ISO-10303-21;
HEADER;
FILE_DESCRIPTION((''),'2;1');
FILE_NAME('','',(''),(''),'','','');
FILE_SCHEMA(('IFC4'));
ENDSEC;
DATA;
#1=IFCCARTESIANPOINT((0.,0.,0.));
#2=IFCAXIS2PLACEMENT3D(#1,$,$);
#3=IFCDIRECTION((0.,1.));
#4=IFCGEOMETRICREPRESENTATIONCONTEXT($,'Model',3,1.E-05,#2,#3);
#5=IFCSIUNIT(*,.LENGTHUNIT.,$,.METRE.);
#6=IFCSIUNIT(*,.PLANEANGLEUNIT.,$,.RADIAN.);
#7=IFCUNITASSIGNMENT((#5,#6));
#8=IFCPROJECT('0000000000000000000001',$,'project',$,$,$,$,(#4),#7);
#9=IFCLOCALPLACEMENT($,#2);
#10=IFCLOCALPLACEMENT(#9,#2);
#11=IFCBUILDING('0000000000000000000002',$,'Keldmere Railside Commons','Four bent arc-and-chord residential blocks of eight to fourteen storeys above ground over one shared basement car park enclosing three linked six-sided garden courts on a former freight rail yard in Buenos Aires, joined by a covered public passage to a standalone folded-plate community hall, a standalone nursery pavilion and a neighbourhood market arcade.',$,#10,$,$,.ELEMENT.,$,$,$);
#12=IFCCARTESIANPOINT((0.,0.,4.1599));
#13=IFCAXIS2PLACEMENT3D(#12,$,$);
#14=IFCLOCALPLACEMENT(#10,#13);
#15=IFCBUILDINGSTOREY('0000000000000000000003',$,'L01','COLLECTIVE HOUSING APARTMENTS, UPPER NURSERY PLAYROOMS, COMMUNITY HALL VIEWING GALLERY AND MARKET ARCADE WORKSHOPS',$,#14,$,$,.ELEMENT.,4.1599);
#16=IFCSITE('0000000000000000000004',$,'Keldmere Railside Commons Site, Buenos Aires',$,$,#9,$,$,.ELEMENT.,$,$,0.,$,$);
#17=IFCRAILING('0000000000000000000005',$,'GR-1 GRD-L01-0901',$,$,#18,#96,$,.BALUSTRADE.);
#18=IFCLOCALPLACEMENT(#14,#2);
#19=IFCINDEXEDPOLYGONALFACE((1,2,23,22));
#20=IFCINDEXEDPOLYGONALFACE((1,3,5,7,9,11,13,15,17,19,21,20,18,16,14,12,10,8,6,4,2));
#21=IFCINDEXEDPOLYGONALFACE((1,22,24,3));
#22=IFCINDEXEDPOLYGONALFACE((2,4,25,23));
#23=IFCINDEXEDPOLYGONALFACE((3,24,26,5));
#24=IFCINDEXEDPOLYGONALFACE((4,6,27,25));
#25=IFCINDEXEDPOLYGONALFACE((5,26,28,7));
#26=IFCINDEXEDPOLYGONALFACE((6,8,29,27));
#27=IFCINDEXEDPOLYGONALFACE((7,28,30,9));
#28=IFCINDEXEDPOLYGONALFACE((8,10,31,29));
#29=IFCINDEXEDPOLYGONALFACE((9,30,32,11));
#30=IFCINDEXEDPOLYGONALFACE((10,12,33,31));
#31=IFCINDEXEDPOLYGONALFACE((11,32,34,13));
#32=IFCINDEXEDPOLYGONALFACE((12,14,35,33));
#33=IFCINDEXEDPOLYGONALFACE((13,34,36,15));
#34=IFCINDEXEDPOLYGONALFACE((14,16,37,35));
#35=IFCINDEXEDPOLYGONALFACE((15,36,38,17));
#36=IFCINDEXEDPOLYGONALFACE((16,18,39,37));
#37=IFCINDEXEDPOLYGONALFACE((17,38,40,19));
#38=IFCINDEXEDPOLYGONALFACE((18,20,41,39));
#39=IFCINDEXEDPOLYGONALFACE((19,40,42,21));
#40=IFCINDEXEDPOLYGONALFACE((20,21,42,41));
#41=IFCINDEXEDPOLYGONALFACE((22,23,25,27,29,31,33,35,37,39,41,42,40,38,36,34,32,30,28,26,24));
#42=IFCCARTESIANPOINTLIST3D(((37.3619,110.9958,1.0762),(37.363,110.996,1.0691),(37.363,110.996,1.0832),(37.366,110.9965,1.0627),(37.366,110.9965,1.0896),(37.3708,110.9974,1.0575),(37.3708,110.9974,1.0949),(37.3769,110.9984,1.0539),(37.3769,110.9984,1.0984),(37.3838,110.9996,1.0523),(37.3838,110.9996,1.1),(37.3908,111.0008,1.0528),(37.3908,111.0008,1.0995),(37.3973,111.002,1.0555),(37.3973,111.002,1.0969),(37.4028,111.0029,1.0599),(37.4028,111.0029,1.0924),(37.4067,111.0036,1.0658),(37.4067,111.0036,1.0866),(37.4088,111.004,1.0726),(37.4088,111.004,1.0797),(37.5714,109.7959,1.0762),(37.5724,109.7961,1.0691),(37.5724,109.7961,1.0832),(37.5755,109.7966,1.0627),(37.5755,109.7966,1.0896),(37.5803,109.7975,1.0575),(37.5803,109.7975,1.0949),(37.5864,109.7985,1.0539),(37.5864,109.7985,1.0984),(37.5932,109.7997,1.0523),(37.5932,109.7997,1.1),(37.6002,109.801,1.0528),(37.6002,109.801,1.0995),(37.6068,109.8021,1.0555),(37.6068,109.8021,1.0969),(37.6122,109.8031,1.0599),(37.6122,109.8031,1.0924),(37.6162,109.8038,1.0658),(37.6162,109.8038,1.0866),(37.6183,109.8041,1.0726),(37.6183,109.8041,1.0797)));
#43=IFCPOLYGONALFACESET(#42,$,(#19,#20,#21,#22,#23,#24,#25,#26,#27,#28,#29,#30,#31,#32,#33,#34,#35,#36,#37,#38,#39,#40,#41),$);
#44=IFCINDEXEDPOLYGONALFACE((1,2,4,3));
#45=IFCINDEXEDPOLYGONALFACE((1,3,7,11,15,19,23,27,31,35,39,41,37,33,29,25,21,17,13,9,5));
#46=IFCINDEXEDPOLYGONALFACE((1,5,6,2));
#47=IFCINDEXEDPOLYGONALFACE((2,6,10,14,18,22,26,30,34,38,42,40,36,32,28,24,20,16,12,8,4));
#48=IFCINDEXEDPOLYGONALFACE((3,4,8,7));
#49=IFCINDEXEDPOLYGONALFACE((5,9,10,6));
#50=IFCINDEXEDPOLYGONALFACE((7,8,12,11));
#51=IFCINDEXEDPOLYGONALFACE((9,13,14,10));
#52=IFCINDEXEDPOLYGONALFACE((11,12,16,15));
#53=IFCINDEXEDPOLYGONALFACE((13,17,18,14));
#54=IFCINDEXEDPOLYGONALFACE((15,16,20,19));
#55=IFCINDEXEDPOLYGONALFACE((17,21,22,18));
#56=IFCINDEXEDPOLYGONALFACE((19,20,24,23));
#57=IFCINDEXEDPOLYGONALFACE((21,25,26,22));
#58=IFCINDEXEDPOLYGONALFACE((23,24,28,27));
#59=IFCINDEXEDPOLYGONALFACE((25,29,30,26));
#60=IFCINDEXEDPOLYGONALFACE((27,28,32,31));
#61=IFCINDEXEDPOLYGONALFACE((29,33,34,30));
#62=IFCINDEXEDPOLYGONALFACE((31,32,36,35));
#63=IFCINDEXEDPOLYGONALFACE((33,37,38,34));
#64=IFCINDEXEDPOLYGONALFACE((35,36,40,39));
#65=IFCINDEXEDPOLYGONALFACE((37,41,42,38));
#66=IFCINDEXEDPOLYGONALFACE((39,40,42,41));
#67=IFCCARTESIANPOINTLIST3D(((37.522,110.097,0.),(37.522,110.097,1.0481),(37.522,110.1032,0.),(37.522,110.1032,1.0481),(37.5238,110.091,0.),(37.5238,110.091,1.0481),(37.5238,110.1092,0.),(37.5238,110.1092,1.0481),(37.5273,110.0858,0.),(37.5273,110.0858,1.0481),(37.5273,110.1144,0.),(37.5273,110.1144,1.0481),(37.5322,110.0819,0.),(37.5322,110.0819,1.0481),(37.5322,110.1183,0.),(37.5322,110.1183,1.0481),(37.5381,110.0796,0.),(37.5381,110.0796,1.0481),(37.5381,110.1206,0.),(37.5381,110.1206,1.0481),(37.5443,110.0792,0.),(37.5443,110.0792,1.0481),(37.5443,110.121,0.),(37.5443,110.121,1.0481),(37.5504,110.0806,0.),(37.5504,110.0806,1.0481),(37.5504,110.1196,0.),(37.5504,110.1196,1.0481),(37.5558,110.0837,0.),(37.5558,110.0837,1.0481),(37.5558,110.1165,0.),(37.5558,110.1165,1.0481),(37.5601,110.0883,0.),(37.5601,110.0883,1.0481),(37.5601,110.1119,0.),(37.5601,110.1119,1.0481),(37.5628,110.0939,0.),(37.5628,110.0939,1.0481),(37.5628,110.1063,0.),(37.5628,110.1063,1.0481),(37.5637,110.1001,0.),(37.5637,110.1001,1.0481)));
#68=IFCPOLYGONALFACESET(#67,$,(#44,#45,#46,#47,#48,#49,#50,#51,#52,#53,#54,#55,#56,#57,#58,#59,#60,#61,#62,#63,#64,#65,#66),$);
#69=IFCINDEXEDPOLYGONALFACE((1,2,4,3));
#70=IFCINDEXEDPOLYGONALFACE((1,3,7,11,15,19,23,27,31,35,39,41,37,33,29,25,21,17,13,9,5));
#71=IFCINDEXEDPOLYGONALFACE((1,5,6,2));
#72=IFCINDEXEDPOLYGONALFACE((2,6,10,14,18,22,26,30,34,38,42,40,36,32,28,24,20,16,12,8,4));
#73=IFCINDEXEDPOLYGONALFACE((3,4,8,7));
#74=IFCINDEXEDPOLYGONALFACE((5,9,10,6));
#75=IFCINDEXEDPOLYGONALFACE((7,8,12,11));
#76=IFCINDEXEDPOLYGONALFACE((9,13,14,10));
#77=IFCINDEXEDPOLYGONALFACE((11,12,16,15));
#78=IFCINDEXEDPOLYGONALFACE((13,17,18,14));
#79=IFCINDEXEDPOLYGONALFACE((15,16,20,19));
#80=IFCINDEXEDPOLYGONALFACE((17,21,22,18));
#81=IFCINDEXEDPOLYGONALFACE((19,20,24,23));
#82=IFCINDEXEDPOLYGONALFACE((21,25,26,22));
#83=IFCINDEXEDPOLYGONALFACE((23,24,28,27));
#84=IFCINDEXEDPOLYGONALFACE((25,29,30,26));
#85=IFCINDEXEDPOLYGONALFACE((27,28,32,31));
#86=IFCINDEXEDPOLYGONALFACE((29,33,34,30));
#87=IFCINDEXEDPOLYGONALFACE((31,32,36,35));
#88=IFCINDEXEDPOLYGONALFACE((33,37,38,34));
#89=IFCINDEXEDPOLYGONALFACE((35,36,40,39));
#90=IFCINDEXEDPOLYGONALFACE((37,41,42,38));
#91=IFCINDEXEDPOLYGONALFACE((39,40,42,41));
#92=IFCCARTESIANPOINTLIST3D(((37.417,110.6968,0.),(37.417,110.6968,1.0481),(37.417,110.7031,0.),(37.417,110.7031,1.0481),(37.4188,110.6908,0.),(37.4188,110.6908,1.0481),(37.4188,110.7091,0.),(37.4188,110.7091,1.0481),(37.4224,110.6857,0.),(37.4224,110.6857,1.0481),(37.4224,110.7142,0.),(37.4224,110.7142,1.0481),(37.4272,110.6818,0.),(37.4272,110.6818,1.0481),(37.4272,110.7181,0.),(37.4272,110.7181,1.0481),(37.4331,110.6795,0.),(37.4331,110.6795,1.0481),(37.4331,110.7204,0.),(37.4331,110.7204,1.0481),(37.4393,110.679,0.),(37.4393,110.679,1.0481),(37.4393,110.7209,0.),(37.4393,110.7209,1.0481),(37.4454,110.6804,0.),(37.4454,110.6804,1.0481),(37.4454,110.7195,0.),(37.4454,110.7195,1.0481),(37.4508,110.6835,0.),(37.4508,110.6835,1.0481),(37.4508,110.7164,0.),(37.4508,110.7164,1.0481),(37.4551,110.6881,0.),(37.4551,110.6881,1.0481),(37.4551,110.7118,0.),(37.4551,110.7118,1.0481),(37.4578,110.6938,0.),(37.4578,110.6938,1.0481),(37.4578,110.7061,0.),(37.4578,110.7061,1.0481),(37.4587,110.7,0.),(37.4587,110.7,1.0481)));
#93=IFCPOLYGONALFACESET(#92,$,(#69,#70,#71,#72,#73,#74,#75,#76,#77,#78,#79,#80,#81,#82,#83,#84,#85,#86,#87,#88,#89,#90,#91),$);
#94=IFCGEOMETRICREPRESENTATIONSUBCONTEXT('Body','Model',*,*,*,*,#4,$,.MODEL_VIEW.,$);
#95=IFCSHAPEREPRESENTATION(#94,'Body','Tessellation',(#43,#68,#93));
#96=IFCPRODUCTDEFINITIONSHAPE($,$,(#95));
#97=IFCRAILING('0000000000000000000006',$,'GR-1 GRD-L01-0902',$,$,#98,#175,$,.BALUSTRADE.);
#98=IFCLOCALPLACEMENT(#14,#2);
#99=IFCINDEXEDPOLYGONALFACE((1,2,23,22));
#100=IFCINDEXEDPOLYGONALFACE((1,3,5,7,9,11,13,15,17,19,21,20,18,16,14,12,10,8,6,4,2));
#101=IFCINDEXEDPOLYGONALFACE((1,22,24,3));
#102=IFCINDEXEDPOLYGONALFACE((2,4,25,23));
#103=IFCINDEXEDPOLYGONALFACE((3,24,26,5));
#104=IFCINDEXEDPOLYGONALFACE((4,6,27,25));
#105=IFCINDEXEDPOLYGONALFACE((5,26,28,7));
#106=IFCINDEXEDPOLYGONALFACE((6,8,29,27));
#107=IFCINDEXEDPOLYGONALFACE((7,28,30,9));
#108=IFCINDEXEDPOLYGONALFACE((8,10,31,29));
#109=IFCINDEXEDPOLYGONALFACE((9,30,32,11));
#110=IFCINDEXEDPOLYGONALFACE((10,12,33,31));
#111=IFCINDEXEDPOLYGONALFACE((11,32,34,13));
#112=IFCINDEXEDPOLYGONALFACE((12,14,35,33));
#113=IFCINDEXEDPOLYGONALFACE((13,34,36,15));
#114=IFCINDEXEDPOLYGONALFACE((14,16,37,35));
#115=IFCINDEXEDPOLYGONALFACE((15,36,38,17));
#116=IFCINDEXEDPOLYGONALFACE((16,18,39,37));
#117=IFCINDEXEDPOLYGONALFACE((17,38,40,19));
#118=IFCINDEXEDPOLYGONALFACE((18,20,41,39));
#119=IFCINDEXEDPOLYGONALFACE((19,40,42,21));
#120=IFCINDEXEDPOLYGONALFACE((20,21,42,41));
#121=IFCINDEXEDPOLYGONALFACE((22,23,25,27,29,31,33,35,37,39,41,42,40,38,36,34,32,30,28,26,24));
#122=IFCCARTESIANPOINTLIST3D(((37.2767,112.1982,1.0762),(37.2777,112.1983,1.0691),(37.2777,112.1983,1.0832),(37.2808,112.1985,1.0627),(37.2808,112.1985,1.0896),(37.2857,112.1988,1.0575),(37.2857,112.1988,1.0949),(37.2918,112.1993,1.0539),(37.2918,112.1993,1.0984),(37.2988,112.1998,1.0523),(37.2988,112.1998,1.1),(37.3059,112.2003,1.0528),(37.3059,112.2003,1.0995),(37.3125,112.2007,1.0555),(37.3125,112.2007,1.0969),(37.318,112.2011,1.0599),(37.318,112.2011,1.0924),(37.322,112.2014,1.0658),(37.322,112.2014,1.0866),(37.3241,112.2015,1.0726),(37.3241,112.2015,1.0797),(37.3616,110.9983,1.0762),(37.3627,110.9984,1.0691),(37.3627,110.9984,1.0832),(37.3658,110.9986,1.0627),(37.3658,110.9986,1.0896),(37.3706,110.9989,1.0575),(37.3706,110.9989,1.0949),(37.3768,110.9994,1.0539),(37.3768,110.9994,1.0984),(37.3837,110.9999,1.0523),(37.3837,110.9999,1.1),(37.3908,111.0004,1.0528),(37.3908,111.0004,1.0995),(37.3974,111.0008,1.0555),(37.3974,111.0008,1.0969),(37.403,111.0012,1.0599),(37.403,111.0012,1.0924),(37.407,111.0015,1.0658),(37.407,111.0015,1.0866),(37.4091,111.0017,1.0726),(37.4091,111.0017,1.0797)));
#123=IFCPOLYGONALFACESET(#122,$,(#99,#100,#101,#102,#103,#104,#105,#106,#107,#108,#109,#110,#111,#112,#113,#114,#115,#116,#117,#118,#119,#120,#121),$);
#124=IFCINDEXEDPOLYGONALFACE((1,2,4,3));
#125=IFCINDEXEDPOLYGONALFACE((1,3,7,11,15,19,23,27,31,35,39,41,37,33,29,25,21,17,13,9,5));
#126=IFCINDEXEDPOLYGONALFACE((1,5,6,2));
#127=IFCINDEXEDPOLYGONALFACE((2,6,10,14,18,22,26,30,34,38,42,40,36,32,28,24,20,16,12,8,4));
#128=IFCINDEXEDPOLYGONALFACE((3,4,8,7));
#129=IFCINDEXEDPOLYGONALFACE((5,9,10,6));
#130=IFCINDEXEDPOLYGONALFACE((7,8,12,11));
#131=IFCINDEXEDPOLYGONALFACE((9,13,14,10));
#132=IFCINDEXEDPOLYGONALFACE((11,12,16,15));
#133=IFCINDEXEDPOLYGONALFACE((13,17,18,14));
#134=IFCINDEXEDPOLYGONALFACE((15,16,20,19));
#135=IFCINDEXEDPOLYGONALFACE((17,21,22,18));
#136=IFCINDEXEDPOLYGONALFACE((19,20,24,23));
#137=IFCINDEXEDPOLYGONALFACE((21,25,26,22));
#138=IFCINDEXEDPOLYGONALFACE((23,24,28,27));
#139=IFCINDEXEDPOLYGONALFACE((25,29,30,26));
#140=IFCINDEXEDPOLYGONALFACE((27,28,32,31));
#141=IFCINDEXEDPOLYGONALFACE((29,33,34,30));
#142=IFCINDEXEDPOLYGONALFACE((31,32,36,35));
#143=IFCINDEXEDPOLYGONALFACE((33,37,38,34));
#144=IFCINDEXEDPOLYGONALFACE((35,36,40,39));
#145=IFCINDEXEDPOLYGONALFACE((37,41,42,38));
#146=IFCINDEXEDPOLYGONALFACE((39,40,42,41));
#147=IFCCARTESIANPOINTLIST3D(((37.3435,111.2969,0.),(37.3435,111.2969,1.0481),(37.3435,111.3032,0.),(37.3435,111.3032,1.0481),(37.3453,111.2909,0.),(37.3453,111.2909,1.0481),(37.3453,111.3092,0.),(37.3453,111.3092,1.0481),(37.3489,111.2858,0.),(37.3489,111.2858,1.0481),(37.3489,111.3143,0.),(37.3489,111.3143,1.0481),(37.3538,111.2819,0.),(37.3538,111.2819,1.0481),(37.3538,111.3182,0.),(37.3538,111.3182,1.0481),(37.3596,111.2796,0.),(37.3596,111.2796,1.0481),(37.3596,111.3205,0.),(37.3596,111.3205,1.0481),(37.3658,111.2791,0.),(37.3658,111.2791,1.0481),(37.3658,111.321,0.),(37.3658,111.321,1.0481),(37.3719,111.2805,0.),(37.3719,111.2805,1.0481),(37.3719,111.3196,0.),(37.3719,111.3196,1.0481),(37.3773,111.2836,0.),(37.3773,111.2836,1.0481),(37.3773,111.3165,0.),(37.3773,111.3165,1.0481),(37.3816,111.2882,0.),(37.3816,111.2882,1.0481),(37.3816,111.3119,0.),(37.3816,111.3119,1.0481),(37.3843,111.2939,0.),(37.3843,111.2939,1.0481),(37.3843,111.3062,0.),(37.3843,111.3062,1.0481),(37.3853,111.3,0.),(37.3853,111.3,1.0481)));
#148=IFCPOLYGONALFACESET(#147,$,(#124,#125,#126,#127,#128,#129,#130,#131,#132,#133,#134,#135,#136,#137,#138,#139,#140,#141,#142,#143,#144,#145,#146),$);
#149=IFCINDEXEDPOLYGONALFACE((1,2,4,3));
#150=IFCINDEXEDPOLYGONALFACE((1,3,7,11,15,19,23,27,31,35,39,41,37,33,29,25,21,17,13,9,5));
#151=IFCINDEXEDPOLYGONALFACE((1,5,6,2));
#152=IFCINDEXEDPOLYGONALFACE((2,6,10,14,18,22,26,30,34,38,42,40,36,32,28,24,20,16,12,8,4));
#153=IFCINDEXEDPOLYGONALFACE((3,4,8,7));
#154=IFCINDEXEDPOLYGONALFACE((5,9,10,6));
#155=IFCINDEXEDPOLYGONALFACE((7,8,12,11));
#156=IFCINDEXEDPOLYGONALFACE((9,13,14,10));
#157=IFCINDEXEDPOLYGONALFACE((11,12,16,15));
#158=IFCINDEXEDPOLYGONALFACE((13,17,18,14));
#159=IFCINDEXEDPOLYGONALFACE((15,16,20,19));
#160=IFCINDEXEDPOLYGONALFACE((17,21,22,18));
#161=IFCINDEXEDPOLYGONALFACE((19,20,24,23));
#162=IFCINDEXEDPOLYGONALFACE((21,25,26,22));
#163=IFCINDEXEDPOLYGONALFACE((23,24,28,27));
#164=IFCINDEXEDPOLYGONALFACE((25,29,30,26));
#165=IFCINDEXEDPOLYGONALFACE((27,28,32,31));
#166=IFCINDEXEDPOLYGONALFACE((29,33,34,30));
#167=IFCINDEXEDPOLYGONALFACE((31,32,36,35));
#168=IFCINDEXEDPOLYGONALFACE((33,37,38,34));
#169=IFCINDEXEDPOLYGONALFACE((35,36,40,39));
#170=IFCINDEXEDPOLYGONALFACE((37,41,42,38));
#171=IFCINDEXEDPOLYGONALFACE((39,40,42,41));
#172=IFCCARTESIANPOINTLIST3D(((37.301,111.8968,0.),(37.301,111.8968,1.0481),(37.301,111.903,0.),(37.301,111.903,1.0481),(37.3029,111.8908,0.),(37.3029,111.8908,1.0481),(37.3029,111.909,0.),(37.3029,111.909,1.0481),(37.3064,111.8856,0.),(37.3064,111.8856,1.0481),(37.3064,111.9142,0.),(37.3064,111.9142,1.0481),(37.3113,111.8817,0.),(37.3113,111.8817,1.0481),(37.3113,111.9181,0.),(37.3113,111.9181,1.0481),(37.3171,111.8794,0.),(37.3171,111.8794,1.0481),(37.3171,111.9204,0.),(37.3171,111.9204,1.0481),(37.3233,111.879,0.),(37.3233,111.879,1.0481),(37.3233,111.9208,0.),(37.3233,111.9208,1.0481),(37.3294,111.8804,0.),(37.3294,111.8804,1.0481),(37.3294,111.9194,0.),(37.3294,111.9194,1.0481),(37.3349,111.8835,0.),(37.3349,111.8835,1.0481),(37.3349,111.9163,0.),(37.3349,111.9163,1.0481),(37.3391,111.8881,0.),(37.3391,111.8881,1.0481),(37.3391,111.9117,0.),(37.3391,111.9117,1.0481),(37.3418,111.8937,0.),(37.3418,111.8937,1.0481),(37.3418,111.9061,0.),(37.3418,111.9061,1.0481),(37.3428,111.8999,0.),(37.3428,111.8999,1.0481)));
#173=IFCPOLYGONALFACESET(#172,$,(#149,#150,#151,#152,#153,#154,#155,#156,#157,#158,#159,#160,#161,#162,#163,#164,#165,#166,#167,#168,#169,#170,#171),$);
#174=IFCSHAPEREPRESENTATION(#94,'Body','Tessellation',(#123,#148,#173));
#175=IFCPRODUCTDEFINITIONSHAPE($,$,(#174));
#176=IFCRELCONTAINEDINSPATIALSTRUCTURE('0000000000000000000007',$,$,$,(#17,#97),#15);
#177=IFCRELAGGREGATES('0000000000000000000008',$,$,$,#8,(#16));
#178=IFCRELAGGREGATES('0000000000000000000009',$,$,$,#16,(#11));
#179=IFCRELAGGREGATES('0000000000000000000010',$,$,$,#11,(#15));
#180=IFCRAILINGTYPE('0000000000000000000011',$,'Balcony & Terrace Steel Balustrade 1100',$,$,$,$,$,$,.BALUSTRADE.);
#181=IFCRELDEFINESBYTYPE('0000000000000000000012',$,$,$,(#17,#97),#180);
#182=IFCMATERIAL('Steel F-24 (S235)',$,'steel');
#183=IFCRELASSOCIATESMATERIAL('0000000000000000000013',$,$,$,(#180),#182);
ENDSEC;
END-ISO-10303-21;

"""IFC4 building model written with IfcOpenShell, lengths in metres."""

from ifc_helpers import new_model, si_unit, direction, frame, origin, origin_2d, place, context, subcontext, project, spatial, circle, extrude, material, type_object, element, save


model = new_model("IFC4")

# Units and contexts
model_context = context("Model", 3, precision=1e-05, world=origin(), true_north=direction((0.0, 1.0)))
body_context = subcontext(model_context, "Body", "Model", "MODEL_VIEW")
ifc_project = project(units=[si_unit("LENGTHUNIT", "METRE"), si_unit("PLANEANGLEUNIT", "RADIAN")], contexts=[model_context])

# Site, building, storey
site_placement = place(None, origin())
site = spatial("IfcSite", under=ifc_project, at=site_placement, Name="Keldmere Railside Commons Site, Buenos Aires", CompositionType="ELEMENT", RefElevation=0.0)
building_placement = place(site_placement, origin())
building = spatial("IfcBuilding", under=site, at=building_placement, Name="Keldmere Railside Commons", Description="Four bent arc-and-chord residential blocks of eight to fourteen storeys above ground over one shared basement car park enclosing three linked six-sided garden courts on a former freight rail yard in Buenos Aires, joined by a covered public passage to a standalone folded-plate community hall, a standalone nursery pavilion and a neighbourhood market arcade.", CompositionType="ELEMENT")
storey_placement = place(building_placement, frame((0.0, 0.0, 4.1599)))
storey = spatial("IfcBuildingStorey", under=building, at=storey_placement, Name="L01", Description="COLLECTIVE HOUSING APARTMENTS, UPPER NURSERY PLAYROOMS, COMMUNITY HALL VIEWING GALLERY AND MARKET ARCADE WORKSHOPS", CompositionType="ELEMENT", Elevation=4.1599)

# Railings
ifc_material_1 = material(Name="Steel F-24 (S235)", Category="steel")
railing_type = type_object("IfcRailingType", Name="Balcony & Terrace Steel Balustrade 1100", PredefinedType="BALUSTRADE", material=ifc_material_1)
railing_1_placement = place(storey_placement, frame((37.595, 109.8, 0.0)))
element("IfcRailing", 1, at=railing_1_placement, inside=storey, type_object=railing_type, Name="GR-1 GRD-L01-0901", PredefinedType="BALUSTRADE", context=body_context, shape_type="SweptSolid", body=[
    extrude(circle(Radius=0.0239, at=origin_2d()), frame((0.0, 0.0, 1.0762), z_axis=(-0.171967, 0.985103, 0.0), x_axis=(-0.985103, -0.171967, 0.0)), (0.0, 0.0, 1.0), 1.218),
    extrude(circle(Radius=0.021, at=origin_2d()), frame((-0.0522, 0.3, 0.0)), (0.0, 0.0, 1.0), 1.0481),
    extrude(circle(Radius=0.021, at=origin_2d()), frame((-0.1572, 0.8999, 0.0)), (0.0, 0.0, 1.0), 1.0481),
])
railing_2_placement = place(storey_placement, frame((37.3855, 111.0, 0.0)))
element("IfcRailing", 2, at=railing_2_placement, inside=storey, type_object=railing_type, Name="GR-1 GRD-L01-0902", PredefinedType="BALUSTRADE", context=body_context, shape_type="SweptSolid", body=[
    extrude(circle(Radius=0.0239, at=origin_2d()), frame((0.0, 0.0, 1.0762), z_axis=(-0.070627, 0.997503, 0.0), x_axis=(-0.997503, -0.070627, 0.0)), (0.0, 0.0, 1.0), 1.2029),
    extrude(circle(Radius=0.021, at=origin_2d()), frame((-0.0212, 0.3, 0.0)), (0.0, 0.0, 1.0), 1.0481),
    extrude(circle(Radius=0.021, at=origin_2d()), frame((-0.0637, 0.8999, 0.0)), (0.0, 0.0, 1.0), 1.0481),
])

save(model, "model.ifc")
